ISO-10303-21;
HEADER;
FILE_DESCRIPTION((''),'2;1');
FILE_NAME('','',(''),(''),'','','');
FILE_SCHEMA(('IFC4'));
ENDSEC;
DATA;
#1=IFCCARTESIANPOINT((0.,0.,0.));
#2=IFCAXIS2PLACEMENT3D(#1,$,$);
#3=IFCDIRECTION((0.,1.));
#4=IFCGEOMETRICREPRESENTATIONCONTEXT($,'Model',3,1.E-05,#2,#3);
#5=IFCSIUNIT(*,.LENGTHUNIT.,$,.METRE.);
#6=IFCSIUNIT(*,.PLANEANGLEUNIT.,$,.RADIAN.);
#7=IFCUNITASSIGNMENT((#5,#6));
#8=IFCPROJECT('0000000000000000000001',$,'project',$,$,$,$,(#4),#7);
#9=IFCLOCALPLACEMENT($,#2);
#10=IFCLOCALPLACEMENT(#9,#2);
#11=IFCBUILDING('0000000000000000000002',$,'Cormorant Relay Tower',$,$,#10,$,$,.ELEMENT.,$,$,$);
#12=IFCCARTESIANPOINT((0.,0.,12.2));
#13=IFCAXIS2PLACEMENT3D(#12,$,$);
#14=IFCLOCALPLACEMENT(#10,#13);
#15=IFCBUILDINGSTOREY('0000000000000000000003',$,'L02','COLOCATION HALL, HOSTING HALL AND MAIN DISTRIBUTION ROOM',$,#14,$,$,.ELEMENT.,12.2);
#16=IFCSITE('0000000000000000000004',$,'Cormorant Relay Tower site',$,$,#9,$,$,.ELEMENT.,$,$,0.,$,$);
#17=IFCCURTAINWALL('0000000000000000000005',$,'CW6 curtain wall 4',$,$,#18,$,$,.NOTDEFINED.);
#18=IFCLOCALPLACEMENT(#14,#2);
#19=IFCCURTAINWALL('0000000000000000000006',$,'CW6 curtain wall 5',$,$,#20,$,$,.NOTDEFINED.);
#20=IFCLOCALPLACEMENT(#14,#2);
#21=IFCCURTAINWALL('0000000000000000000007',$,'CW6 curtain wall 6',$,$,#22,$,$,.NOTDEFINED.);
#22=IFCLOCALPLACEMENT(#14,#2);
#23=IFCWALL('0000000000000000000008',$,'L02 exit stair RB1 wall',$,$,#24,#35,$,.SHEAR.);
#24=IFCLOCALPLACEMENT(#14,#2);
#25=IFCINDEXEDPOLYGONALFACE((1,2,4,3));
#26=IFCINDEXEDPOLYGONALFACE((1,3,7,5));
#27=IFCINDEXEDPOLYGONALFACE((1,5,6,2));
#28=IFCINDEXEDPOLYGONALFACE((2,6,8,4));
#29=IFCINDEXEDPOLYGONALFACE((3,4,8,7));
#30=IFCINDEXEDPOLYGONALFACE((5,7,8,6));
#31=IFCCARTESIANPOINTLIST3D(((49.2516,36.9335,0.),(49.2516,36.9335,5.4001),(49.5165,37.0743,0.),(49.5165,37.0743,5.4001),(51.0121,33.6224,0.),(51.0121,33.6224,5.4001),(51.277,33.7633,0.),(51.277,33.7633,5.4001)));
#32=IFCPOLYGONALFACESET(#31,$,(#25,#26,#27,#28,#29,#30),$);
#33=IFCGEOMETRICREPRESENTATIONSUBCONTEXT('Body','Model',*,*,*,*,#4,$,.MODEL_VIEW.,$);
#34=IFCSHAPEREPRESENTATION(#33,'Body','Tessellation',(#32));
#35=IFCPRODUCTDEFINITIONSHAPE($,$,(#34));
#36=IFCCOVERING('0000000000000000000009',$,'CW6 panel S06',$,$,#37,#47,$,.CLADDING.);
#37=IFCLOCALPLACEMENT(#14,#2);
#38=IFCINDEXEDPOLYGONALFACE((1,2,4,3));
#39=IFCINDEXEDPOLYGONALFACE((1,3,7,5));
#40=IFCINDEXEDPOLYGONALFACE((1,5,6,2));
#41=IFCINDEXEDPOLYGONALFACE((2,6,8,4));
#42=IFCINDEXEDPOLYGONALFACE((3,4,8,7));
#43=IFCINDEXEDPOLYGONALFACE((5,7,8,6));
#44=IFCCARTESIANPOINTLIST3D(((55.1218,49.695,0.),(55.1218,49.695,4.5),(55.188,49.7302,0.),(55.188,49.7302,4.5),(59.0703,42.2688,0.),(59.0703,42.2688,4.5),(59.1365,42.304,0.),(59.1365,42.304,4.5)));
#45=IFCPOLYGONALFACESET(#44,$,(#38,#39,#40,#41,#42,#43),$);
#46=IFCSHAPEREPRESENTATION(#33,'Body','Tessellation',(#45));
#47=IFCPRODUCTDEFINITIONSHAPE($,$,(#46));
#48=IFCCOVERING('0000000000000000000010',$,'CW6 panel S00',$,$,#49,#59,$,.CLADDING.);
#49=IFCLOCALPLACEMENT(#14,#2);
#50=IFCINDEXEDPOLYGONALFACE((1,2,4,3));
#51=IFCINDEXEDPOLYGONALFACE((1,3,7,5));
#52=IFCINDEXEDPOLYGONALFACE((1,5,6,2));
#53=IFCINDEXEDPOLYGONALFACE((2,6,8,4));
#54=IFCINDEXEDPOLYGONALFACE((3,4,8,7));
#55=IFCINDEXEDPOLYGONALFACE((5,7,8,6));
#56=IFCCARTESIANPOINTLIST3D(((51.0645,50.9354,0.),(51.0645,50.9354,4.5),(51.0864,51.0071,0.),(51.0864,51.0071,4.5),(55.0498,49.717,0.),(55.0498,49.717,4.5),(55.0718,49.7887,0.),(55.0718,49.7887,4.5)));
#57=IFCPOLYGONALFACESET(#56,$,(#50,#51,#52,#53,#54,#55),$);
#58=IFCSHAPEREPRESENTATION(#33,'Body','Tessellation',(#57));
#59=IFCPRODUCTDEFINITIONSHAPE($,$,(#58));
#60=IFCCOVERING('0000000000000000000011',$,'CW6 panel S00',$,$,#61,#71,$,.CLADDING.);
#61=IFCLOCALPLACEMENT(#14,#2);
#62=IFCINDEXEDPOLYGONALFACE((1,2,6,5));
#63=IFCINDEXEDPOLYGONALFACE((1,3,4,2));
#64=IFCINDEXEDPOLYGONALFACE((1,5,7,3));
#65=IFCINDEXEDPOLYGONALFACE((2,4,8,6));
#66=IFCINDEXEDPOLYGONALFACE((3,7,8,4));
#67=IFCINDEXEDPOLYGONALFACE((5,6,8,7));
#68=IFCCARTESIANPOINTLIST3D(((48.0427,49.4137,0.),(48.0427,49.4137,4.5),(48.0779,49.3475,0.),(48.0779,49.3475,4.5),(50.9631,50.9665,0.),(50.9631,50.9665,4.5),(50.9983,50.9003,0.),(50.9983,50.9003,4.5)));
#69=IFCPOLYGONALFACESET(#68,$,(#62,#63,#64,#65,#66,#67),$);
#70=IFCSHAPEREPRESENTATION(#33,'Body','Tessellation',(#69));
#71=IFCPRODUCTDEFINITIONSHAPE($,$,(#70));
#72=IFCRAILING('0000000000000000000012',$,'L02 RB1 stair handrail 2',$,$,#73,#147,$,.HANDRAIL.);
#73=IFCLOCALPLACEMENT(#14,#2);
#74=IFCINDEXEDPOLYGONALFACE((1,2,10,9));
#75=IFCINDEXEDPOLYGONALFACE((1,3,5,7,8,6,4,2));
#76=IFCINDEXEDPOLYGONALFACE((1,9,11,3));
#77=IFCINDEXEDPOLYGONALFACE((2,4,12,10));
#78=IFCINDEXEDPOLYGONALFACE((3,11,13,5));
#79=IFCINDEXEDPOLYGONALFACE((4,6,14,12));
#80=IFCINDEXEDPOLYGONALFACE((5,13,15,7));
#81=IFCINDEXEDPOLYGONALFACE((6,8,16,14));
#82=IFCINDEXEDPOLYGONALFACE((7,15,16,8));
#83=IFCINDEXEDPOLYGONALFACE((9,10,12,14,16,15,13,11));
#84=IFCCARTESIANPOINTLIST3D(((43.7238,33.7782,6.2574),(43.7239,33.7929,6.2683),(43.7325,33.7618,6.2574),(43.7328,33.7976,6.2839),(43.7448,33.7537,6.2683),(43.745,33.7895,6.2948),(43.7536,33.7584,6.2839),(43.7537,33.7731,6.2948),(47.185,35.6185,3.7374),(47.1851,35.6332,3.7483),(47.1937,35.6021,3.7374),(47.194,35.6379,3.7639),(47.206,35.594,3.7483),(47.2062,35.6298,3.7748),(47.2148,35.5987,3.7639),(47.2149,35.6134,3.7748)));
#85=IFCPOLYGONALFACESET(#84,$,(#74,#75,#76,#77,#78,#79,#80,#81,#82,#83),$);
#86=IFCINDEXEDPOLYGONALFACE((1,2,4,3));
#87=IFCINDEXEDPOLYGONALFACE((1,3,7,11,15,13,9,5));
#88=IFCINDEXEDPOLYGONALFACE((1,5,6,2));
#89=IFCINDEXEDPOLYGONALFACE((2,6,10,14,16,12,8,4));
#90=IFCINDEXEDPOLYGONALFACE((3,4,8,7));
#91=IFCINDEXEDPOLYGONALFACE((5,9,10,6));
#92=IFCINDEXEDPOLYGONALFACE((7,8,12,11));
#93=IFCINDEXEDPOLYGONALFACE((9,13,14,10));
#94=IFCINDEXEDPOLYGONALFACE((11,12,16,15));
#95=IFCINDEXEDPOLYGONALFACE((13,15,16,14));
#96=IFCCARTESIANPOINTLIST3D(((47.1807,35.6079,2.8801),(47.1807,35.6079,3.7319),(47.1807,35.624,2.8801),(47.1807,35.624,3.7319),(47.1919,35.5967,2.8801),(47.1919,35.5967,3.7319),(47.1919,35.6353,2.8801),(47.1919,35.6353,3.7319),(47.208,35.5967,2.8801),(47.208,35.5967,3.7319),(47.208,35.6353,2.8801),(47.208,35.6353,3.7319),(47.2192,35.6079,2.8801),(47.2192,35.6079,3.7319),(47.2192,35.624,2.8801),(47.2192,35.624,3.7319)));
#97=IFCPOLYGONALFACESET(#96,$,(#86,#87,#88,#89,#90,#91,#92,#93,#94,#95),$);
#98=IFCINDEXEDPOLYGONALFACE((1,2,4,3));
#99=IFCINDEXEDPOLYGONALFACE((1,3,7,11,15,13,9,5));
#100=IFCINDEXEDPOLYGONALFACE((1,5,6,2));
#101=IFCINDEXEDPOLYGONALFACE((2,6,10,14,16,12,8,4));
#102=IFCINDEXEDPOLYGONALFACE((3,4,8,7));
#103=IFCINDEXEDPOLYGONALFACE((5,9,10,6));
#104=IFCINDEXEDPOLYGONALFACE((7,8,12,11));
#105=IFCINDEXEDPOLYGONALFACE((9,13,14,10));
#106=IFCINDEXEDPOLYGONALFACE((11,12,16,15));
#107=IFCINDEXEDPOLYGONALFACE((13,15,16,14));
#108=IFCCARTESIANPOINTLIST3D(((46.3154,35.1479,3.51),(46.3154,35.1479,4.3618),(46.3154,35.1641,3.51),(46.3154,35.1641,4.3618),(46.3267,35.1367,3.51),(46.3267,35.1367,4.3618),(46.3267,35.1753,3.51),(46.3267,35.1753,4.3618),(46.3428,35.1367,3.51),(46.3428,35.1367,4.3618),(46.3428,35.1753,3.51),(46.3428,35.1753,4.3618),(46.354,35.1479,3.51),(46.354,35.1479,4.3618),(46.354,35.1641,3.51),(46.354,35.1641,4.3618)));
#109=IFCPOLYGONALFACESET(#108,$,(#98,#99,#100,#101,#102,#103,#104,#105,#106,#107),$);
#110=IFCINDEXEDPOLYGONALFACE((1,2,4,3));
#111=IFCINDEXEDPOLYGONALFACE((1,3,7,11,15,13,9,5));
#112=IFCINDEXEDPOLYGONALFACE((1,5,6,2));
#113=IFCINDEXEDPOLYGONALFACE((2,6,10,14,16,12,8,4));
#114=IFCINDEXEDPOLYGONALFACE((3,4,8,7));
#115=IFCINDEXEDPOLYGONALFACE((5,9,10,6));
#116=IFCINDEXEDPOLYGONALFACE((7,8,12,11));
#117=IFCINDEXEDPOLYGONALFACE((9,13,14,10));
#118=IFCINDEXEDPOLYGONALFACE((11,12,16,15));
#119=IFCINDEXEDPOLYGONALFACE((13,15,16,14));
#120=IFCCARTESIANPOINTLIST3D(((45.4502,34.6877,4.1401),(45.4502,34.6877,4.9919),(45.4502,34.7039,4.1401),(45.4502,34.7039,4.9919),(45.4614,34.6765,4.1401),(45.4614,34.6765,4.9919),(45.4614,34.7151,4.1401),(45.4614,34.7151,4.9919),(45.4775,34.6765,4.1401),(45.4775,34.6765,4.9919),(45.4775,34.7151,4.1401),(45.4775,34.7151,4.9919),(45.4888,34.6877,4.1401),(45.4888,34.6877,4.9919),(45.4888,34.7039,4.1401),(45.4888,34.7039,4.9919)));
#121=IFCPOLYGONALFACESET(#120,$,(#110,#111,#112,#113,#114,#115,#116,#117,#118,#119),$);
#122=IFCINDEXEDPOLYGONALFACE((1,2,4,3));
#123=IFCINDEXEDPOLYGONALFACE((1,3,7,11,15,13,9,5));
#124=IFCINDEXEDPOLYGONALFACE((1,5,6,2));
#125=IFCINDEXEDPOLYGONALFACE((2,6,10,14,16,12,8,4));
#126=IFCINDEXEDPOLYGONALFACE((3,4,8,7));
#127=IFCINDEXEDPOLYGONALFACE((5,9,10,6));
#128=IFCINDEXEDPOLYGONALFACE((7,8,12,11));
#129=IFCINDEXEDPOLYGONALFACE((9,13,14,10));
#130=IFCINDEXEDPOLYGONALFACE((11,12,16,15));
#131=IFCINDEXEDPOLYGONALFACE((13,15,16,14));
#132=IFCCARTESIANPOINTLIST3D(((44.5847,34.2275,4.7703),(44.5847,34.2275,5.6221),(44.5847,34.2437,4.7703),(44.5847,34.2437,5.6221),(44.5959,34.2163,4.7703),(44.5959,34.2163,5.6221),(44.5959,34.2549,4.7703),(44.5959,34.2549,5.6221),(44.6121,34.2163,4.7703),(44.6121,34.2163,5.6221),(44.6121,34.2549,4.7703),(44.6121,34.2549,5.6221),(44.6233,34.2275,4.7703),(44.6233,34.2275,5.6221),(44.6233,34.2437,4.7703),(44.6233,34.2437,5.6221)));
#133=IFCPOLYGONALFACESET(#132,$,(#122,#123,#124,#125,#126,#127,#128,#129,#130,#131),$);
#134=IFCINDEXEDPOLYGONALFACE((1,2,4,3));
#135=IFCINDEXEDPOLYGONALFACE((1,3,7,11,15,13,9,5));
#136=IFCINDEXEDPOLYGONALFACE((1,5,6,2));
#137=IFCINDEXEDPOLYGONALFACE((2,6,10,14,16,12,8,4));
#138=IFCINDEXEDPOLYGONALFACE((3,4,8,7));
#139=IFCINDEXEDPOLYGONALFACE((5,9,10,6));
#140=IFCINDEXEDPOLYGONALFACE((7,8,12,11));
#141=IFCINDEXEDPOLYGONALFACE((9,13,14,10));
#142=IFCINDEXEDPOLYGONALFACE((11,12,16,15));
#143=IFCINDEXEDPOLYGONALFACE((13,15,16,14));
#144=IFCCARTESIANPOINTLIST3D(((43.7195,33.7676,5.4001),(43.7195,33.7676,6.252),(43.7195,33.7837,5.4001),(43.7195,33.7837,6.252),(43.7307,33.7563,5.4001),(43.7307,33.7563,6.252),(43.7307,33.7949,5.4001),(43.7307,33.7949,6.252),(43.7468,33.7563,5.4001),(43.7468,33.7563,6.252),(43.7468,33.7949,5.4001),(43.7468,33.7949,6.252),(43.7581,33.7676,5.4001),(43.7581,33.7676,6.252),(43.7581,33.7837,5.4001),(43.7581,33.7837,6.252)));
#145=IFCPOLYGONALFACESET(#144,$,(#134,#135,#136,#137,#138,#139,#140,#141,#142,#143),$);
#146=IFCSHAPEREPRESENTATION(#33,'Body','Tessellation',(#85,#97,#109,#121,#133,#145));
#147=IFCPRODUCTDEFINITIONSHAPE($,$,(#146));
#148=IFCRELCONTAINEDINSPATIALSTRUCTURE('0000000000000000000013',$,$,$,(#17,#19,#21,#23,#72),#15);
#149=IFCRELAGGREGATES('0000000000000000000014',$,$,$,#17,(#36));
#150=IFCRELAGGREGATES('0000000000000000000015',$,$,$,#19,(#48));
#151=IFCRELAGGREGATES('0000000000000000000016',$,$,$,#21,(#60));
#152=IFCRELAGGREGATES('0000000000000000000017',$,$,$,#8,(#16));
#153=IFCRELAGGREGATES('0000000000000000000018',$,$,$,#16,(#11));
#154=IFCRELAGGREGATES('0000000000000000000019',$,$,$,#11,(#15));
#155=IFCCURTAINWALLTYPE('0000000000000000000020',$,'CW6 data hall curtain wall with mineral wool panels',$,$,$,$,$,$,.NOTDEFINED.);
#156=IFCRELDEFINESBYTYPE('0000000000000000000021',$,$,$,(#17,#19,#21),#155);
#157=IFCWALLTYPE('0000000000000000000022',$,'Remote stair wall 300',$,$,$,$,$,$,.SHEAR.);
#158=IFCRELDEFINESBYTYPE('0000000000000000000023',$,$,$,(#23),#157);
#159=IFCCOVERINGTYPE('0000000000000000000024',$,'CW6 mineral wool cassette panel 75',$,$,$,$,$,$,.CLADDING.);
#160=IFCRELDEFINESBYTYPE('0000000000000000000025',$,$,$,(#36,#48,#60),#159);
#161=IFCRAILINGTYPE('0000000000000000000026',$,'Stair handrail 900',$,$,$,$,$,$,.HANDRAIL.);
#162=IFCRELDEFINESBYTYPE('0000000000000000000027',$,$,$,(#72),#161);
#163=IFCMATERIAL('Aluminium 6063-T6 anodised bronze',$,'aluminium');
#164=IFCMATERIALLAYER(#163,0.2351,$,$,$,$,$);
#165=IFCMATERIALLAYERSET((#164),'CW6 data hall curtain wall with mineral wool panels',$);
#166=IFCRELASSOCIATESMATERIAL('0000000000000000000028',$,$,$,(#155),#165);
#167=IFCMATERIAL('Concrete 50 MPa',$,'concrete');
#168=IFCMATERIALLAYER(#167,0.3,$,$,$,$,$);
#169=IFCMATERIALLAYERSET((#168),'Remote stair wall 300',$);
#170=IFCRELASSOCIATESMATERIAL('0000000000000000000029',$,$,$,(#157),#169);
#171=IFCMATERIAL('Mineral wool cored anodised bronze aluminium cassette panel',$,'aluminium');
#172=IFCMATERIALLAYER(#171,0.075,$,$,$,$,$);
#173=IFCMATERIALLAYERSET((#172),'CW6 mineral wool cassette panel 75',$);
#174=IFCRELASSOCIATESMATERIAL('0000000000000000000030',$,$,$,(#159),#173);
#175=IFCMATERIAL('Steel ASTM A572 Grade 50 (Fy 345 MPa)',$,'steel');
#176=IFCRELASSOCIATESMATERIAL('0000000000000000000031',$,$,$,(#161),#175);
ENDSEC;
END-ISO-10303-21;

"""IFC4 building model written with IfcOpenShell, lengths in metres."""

from ifc_helpers import new_model, si_unit, direction, frame, frame_2d, origin, origin_2d, place, context, subcontext, project, spatial, polyline, rectangle, outline, extrude, material, layer, layer_set, type_object, element, aggregate, save


model = new_model("IFC4")

# Units and contexts
model_context = context("Model", 3, precision=1e-05, world=origin(), true_north=direction((0.0, 1.0)))
body_context = subcontext(model_context, "Body", "Model", "MODEL_VIEW")
ifc_project = project(units=[si_unit("LENGTHUNIT", "METRE"), si_unit("PLANEANGLEUNIT", "RADIAN")], contexts=[model_context])

# Site, building, storey
site_placement = place(None, origin())
site = spatial("IfcSite", under=ifc_project, at=site_placement, Name="Cormorant Relay Tower site", CompositionType="ELEMENT", RefElevation=0.0)
building_placement = place(site_placement, origin())
building = spatial("IfcBuilding", under=site, at=building_placement, Name="Cormorant Relay Tower", CompositionType="ELEMENT")
storey_placement = place(building_placement, frame((0.0, 0.0, 12.2)))
storey = spatial("IfcBuildingStorey", under=building, at=storey_placement, Name="L02", Description="COLOCATION HALL, HOSTING HALL AND MAIN DISTRIBUTION ROOM", CompositionType="ELEMENT", Elevation=12.2)

# Curtain wall
ifc_material_1 = material(Name="Aluminium 6063-T6 anodised bronze", Category="aluminium")
ifc_layer_1 = layer(ifc_material_1, 0.2351)
ifc_layer_set_1 = layer_set([ifc_layer_1], Name="CW6 data hall curtain wall with mineral wool panels")
curtain_wall_type = type_object("IfcCurtainWallType", Name="CW6 data hall curtain wall with mineral wool panels", PredefinedType="NOTDEFINED", material=ifc_layer_set_1)
curtain_wall_1_placement = place(storey_placement, origin())
curtain_wall_1 = element("IfcCurtainWall", 1, at=curtain_wall_1_placement, inside=storey, type_object=curtain_wall_type, Name="CW6 curtain wall 4", PredefinedType="NOTDEFINED")

# Curtain wall
curtain_wall_2_placement = place(storey_placement, origin())
curtain_wall_2 = element("IfcCurtainWall", 2, at=curtain_wall_2_placement, inside=storey, type_object=curtain_wall_type, Name="CW6 curtain wall 5", PredefinedType="NOTDEFINED")

# Curtain wall
curtain_wall_3_placement = place(storey_placement, origin())
curtain_wall_3 = element("IfcCurtainWall", 3, at=curtain_wall_3_placement, inside=storey, type_object=curtain_wall_type, Name="CW6 curtain wall 6", PredefinedType="NOTDEFINED")

# Wall
ifc_material_2 = material(Name="Concrete 50 MPa", Category="concrete")
ifc_layer_2 = layer(ifc_material_2, 0.3)
ifc_layer_set_2 = layer_set([ifc_layer_2], Name="Remote stair wall 300")
wall_type_1 = type_object("IfcWallType", Name="Remote stair wall 300", PredefinedType="SHEAR", material=ifc_layer_set_2)
wall_1_placement = place(storey_placement, frame((49.384, 37.0039, 0.0), z_axis=(0.0, 0.0, 1.0), x_axis=(0.469469, -0.882949, 0.0)))
element("IfcWall", 4, at=wall_1_placement, inside=storey, type_object=wall_type_1, Name="L02 exit stair RB1 wall", PredefinedType="SHEAR", context=body_context, shape_type="SweptSolid", body=[
    extrude(rectangle(XDim=3.75, YDim=0.3, at=frame_2d((1.875, 0.0))), origin(), (0.0, 0.0, 1.0), 5.4001),
])

# Coverings
ifc_material_3 = material(Name="Mineral wool cored anodised bronze aluminium cassette panel", Category="aluminium")
ifc_layer_3 = layer(ifc_material_3, 0.075)
ifc_layer_set_3 = layer_set([ifc_layer_3], Name="CW6 mineral wool cassette panel 75")
covering_type = type_object("IfcCoveringType", Name="CW6 mineral wool cassette panel 75", PredefinedType="CLADDING", material=ifc_layer_set_3)
covering_1_placement = place(storey_placement, frame((57.1292, 45.9995, 0.0), z_axis=(0.0, 0.0, 1.0), x_axis=(-0.469472, 0.882948, 0.0)))
covering_1 = element("IfcCovering", 5, at=covering_1_placement, type_object=covering_type, Name="CW6 panel S06", PredefinedType="CLADDING", context=body_context, shape_type="SweptSolid", body=[
    extrude(rectangle(XDim=8.4106, YDim=0.075, at=origin_2d()), origin(), (0.0, 0.0, 1.0), 4.5),
])
aggregate(curtain_wall_1, [covering_1])
covering_2_placement = place(storey_placement, frame((53.0681, 50.3621, 0.0), z_axis=(0.0, 0.0, 1.0), x_axis=(-0.956305, 0.292372, 0.0)))
covering_2 = element("IfcCovering", 6, at=covering_2_placement, type_object=covering_type, Name="CW6 panel S00", PredefinedType="CLADDING", context=body_context, shape_type="SweptSolid", body=[
    extrude(rectangle(XDim=4.1675, YDim=0.075, at=origin_2d()), origin(), (0.0, 0.0, 1.0), 4.5),
])
aggregate(curtain_wall_2, [covering_2])
covering_3_placement = place(storey_placement, frame((49.5205, 50.157, 0.0), z_axis=(0.0, 0.0, 1.0), x_axis=(-0.882948, -0.469472, 0.0)))
covering_3 = element("IfcCovering", 7, at=covering_3_placement, type_object=covering_type, Name="CW6 panel S00", PredefinedType="CLADDING", context=body_context, shape_type="SweptSolid", body=[
    extrude(rectangle(XDim=3.3076, YDim=0.075, at=origin_2d()), origin(), (0.0, 0.0, 1.0), 4.5),
])
aggregate(curtain_wall_3, [covering_3])

# Railing
ifc_material_4 = material(Name="Steel ASTM A572 Grade 50 (Fy 345 MPa)", Category="steel")
railing_type = type_object("IfcRailingType", Name="Stair handrail 900", PredefinedType="HANDRAIL", material=ifc_material_4)
railing_placement = place(storey_placement, frame((47.2, 35.616, 2.8801)))
element("IfcRailing", 8, at=railing_placement, inside=storey, type_object=railing_type, Name="L02 RB1 stair handrail 2", PredefinedType="HANDRAIL", context=body_context, shape_type="SweptSolid", body=[
    extrude(outline(polyline([(0.0222, 0.0093), (0.0093, 0.0222), (-0.0093, 0.0222), (-0.0222, 0.0093), (-0.0222, -0.0093), (-0.0093, -0.0222), (0.0093, -0.0222), (0.0222, -0.0093), (0.0222, 0.0093)])), frame((0.0, 0.0, 0.876), z_axis=(-0.742717, -0.394907, 0.540758), x_axis=(0.469469, -0.882949, 0.0)), (0.0, 0.0, 1.0), 4.6602),
    extrude(outline(polyline([(0.0193, 0.0081), (0.0081, 0.0193), (-0.0081, 0.0193), (-0.0193, 0.0081), (-0.0193, -0.0081), (-0.0081, -0.0193), (0.0081, -0.0193), (0.0193, -0.0081), (0.0193, 0.0081)])), origin(), (0.0, 0.0, 1.0), 0.8518),
    extrude(outline(polyline([(0.0193, 0.0081), (0.0081, 0.0193), (-0.0081, 0.0193), (-0.0193, 0.0081), (-0.0193, -0.0081), (-0.0081, -0.0193), (0.0081, -0.0193), (0.0193, -0.0081), (0.0193, 0.0081)])), frame((-0.8652, -0.46, 0.6299)), (0.0, 0.0, 1.0), 0.8518),
    extrude(outline(polyline([(0.0193, 0.0081), (0.0081, 0.0193), (-0.0081, 0.0193), (-0.0193, 0.0081), (-0.0193, -0.0081), (-0.0081, -0.0193), (0.0081, -0.0193), (0.0193, -0.0081), (0.0193, 0.0081)])), frame((-1.7305, -0.9202, 1.26)), (0.0, 0.0, 1.0), 0.8518),
    extrude(outline(polyline([(0.0193, 0.0081), (0.0081, 0.0193), (-0.0081, 0.0193), (-0.0193, 0.0081), (-0.0193, -0.0081), (-0.0081, -0.0193), (0.0081, -0.0193), (0.0193, -0.0081), (0.0193, 0.0081)])), frame((-2.5959, -1.3804, 1.8901)), (0.0, 0.0, 1.0), 0.8518),
    extrude(outline(polyline([(0.0193, 0.0081), (0.0081, 0.0193), (-0.0081, 0.0193), (-0.0193, 0.0081), (-0.0193, -0.0081), (-0.0081, -0.0193), (0.0081, -0.0193), (0.0193, -0.0081), (0.0193, 0.0081)])), frame((-3.4612, -1.8403, 2.52)), (0.0, 0.0, 1.0), 0.8518),
])

save(model, "model.ifc")
